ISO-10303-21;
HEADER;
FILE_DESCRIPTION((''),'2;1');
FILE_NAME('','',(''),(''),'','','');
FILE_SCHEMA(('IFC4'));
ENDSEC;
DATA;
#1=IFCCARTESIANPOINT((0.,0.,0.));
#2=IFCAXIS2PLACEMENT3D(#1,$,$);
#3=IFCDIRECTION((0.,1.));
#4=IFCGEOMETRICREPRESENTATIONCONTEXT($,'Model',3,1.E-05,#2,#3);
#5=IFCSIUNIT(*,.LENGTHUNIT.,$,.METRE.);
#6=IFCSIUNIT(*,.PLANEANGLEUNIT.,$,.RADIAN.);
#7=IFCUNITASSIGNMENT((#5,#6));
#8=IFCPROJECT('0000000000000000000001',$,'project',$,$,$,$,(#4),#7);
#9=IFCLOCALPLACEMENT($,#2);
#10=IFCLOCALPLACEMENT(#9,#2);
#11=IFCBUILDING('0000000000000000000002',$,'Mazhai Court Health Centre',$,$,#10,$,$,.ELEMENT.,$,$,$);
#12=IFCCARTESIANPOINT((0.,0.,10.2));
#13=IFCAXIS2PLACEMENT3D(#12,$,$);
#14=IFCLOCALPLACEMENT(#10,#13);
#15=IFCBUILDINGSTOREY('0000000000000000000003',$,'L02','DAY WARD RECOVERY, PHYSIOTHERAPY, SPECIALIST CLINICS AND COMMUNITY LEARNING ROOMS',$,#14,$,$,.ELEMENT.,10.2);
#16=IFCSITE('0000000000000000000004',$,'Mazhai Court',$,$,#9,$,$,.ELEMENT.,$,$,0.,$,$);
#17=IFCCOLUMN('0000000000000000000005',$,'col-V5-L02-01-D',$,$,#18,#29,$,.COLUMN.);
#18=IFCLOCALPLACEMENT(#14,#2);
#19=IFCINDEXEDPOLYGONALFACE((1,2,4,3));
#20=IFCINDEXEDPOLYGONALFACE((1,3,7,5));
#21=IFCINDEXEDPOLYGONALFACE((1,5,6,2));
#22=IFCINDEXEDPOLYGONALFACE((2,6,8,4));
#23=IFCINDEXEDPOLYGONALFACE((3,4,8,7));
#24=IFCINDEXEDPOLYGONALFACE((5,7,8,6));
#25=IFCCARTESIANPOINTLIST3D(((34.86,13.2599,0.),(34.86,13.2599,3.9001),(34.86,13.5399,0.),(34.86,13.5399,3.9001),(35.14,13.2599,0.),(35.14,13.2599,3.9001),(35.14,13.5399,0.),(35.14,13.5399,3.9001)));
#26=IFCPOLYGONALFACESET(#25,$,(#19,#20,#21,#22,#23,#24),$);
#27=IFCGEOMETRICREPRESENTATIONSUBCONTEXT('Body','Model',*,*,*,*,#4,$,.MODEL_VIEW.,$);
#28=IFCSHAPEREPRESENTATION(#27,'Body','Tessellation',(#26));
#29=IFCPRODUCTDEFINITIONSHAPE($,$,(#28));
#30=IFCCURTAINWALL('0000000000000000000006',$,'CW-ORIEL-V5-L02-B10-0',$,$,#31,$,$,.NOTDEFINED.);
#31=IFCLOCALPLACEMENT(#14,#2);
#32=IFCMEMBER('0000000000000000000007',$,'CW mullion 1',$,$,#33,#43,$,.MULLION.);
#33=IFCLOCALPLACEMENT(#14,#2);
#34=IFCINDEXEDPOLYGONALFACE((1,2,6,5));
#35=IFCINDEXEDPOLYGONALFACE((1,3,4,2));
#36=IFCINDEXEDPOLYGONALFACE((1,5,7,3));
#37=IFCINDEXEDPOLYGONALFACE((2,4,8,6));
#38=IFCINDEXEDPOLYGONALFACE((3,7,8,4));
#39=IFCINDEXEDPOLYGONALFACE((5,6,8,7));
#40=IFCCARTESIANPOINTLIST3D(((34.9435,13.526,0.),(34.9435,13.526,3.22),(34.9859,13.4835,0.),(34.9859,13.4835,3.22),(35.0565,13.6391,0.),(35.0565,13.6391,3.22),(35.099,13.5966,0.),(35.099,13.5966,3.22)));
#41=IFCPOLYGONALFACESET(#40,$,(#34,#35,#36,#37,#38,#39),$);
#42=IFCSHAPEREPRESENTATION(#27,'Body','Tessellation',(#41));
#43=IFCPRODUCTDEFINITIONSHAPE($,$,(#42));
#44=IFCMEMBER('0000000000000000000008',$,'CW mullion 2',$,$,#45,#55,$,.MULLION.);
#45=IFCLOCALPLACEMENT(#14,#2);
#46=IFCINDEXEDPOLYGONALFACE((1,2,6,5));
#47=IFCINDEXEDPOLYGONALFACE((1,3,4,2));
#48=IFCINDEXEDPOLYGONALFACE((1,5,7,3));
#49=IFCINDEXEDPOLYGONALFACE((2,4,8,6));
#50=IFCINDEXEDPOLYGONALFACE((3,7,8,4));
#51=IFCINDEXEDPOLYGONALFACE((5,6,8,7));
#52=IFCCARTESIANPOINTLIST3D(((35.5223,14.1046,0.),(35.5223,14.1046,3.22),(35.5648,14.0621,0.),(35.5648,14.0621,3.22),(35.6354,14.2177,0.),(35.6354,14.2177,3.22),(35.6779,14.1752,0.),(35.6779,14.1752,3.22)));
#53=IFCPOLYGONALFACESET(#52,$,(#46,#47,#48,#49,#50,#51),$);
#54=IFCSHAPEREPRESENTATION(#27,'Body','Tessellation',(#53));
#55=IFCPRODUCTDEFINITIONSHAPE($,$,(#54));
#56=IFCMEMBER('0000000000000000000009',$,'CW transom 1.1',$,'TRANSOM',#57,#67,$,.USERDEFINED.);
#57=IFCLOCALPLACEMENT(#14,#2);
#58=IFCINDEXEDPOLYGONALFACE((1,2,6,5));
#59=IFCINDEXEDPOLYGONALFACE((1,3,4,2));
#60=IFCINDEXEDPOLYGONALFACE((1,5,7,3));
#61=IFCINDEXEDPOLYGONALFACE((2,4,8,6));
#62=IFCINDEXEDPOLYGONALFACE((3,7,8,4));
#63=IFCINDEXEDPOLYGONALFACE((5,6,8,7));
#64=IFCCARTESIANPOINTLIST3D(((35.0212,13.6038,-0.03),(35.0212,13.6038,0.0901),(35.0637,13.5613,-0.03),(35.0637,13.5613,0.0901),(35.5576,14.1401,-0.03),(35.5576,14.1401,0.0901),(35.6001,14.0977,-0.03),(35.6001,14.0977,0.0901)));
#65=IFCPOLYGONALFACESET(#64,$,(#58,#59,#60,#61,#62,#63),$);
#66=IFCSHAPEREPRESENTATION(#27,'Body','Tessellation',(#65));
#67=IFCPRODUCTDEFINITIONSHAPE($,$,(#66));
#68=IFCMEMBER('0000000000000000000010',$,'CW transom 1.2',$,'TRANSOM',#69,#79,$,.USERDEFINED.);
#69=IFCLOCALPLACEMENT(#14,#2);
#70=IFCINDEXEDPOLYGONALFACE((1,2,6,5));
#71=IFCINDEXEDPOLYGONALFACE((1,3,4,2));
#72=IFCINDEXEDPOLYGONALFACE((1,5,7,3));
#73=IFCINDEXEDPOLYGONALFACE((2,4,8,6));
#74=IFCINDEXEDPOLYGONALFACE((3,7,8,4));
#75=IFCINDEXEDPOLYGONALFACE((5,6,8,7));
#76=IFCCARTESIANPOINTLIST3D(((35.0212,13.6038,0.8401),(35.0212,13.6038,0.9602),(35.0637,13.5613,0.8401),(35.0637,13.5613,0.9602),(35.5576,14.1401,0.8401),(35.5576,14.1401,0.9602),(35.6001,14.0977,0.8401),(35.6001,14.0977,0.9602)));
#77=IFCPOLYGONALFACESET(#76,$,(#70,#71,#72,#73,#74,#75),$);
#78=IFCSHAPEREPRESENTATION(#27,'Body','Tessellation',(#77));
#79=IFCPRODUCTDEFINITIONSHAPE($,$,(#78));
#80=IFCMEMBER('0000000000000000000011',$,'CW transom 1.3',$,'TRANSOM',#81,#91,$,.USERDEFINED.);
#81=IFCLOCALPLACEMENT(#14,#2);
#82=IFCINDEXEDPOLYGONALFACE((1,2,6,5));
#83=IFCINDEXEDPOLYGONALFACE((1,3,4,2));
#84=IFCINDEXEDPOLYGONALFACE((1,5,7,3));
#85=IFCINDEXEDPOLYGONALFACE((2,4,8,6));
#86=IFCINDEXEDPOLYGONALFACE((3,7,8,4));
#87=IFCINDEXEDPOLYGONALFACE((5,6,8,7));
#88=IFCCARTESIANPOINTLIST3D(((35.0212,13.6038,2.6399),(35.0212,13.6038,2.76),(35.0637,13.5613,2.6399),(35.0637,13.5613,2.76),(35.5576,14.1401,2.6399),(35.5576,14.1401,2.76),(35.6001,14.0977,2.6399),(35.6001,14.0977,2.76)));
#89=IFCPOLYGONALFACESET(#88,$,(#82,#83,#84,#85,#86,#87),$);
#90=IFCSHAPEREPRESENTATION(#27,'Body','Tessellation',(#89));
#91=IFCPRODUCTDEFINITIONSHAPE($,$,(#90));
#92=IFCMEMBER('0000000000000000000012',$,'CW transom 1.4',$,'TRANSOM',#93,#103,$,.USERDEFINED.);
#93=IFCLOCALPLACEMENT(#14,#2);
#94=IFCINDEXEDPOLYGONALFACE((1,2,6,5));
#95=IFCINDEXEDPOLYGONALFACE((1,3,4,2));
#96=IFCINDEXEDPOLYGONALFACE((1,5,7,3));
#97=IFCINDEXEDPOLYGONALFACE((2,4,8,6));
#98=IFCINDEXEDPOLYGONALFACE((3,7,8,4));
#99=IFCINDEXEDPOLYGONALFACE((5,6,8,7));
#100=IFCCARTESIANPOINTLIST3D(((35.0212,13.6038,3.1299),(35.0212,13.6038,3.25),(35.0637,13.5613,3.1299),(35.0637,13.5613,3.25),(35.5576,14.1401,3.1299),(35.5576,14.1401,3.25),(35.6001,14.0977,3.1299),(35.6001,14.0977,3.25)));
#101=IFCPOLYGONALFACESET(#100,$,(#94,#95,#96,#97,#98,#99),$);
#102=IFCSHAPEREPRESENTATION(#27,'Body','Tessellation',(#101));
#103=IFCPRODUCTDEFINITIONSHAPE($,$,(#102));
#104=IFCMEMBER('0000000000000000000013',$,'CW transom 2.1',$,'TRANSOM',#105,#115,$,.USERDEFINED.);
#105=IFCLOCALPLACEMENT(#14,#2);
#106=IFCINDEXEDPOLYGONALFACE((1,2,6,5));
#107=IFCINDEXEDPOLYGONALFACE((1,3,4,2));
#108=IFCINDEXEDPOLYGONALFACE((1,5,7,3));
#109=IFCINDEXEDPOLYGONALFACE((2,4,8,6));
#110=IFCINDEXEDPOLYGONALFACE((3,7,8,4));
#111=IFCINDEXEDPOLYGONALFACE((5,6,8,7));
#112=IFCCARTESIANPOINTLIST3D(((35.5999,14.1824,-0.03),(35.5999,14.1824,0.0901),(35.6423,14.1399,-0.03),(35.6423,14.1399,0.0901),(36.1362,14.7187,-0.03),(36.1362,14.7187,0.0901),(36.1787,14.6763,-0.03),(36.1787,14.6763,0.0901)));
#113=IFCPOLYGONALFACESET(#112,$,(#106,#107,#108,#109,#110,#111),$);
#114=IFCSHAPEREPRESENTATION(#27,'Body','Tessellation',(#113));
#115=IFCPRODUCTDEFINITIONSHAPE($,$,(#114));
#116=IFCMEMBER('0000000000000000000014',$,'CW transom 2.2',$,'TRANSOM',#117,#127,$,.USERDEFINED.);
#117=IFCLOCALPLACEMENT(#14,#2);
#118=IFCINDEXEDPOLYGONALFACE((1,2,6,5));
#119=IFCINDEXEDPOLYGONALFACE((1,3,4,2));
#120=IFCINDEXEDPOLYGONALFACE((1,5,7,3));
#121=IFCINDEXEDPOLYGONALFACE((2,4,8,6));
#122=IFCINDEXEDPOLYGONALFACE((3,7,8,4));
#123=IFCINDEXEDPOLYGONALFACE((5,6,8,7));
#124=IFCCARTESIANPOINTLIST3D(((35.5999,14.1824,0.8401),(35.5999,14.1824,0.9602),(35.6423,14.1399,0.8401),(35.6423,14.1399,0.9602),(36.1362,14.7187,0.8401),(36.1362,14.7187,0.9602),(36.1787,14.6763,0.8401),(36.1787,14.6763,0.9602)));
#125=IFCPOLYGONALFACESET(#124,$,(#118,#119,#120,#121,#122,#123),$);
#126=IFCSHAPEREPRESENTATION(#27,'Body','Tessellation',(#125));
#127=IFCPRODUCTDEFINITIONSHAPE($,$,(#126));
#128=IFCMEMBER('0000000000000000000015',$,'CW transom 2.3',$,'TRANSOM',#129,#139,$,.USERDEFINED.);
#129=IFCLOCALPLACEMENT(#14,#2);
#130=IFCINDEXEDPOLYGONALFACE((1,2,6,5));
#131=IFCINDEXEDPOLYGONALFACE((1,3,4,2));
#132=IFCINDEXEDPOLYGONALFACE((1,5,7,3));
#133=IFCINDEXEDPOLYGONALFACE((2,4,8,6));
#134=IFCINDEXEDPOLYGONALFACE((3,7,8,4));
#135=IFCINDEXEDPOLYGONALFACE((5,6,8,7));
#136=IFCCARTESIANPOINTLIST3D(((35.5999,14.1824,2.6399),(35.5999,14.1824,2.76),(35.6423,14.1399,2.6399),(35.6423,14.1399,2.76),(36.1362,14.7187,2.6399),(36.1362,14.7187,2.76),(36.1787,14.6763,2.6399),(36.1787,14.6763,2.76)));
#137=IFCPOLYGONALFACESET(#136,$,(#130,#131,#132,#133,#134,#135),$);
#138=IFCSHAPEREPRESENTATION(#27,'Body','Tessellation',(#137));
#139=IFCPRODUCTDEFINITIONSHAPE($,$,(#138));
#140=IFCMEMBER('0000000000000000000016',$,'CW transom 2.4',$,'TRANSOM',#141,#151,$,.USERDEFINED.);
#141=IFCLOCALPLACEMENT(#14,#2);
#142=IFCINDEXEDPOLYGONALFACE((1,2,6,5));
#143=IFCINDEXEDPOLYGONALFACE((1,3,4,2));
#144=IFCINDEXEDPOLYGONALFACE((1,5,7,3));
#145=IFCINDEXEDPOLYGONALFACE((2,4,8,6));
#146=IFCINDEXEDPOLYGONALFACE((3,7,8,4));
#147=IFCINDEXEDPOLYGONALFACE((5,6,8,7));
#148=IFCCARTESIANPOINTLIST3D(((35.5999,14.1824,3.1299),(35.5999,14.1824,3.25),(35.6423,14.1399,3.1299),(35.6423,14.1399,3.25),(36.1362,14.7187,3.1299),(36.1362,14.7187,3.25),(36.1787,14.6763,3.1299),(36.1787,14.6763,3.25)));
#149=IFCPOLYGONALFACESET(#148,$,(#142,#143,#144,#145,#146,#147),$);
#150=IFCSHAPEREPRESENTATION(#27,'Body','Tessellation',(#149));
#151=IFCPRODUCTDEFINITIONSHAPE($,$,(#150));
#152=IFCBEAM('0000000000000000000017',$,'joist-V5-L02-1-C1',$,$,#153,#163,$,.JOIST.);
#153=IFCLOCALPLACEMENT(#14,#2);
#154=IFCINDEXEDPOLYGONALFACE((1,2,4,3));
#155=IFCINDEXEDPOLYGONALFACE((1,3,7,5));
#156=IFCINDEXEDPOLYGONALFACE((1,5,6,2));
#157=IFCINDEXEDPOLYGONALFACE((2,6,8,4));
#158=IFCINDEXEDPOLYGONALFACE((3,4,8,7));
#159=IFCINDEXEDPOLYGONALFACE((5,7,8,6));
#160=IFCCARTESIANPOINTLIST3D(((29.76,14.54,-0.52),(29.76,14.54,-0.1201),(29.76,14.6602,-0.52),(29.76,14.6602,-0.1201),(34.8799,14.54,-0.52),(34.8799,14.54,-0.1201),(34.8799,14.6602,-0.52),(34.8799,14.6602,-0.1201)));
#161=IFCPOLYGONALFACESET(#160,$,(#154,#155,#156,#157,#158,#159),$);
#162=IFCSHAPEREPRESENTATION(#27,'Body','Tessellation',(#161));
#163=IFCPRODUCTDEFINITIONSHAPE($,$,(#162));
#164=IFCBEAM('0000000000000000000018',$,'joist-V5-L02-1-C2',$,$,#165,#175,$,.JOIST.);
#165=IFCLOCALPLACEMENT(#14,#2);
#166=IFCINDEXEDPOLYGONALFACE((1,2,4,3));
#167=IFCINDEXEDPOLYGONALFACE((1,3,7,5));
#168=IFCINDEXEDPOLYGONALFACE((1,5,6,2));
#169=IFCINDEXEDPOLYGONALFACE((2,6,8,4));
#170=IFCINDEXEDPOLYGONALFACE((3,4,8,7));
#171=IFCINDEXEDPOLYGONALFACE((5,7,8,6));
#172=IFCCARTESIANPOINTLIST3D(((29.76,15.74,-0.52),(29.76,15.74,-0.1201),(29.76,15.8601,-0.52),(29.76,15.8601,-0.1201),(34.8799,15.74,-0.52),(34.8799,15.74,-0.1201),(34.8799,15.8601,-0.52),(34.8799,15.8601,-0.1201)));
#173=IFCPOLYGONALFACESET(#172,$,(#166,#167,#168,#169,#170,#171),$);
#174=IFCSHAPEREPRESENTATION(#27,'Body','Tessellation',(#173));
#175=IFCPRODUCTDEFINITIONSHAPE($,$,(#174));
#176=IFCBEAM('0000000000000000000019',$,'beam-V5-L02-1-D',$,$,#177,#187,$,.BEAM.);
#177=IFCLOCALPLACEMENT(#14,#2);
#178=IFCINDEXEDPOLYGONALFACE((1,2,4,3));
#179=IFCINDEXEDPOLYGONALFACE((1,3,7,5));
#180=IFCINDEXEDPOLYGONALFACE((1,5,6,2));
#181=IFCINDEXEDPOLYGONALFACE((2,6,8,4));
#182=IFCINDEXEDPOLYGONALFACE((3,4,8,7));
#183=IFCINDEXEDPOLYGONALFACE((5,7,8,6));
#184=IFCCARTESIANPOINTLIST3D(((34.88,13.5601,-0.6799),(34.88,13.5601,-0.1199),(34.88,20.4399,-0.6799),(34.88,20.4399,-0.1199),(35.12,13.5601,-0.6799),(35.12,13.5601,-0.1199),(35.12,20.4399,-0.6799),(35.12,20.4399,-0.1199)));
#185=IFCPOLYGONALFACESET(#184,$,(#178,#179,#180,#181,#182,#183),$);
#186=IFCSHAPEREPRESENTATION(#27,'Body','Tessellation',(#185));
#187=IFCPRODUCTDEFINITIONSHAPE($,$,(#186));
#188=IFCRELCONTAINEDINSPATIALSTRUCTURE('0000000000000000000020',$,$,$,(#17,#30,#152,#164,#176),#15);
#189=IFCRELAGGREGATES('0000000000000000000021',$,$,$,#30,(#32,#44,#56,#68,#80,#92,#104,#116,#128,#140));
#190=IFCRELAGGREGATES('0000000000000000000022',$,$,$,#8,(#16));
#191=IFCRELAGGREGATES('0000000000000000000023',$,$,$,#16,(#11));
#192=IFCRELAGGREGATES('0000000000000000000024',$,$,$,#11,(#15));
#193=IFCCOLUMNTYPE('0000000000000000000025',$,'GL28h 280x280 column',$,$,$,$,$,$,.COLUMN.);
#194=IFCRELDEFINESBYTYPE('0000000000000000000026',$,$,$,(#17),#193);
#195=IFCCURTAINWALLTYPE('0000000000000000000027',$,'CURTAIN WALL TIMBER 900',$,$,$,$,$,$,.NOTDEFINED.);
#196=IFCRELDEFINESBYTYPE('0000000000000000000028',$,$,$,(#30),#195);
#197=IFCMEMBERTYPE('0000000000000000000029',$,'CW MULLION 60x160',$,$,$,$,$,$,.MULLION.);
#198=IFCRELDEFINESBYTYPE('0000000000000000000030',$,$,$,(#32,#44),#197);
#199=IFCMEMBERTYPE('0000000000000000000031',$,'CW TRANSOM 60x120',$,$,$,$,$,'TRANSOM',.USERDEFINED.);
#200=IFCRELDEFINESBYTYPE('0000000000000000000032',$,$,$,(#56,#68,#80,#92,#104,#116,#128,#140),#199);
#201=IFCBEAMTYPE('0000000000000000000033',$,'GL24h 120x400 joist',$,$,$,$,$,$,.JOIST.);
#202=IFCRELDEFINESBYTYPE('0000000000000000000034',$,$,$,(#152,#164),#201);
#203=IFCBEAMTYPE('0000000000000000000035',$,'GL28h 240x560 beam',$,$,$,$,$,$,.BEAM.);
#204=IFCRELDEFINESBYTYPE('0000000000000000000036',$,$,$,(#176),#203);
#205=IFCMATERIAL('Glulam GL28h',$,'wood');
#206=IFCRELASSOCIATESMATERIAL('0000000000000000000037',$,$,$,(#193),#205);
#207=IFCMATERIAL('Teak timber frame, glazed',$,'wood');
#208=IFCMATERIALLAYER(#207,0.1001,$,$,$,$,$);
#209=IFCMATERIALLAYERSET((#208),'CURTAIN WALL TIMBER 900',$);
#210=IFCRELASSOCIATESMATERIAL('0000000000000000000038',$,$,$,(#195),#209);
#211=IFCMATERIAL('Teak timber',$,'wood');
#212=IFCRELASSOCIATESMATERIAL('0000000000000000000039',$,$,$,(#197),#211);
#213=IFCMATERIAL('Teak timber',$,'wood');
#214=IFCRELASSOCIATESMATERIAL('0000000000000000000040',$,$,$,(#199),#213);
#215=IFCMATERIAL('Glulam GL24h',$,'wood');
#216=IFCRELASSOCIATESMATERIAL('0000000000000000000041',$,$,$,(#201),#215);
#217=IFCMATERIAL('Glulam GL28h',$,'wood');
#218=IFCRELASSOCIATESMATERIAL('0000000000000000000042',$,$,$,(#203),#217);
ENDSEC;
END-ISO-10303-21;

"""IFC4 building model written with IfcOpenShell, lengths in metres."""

from ifc_helpers import new_model, si_unit, direction, frame, origin, origin_2d, place, context, subcontext, project, spatial, rectangle, extrude, material, layer, layer_set, material_profile, profile_set, type_object, element, aggregate, save


model = new_model("IFC4")

# Units and contexts
model_context = context("Model", 3, precision=1e-05, world=origin(), true_north=direction((0.0, 1.0)))
body_context = subcontext(model_context, "Body", "Model", "MODEL_VIEW")
ifc_project = project(units=[si_unit("LENGTHUNIT", "METRE"), si_unit("PLANEANGLEUNIT", "RADIAN")], contexts=[model_context])

# Site, building, storey
site_placement = place(None, origin())
site = spatial("IfcSite", under=ifc_project, at=site_placement, Name="Mazhai Court", CompositionType="ELEMENT", RefElevation=0.0)
building_placement = place(site_placement, origin())
building = spatial("IfcBuilding", under=site, at=building_placement, Name="Mazhai Court Health Centre", CompositionType="ELEMENT")
storey_placement = place(building_placement, frame((0.0, 0.0, 10.2)))
storey = spatial("IfcBuildingStorey", under=building, at=storey_placement, Name="L02", Description="DAY WARD RECOVERY, PHYSIOTHERAPY, SPECIALIST CLINICS AND COMMUNITY LEARNING ROOMS", CompositionType="ELEMENT", Elevation=10.2)

# Column
ifc_material_1 = material(Name="Glulam GL28h", Category="wood")
ifc_material_profile_1 = material_profile(ifc_material_1, rectangle(XDim=0.28, YDim=0.28, at=origin_2d()), Name="GL28h 280x280")
ifc_profile_set_1 = profile_set([ifc_material_profile_1], Name="Glulam GL28h")
column_type = type_object("IfcColumnType", Name="GL28h 280x280 column", PredefinedType="COLUMN", material=ifc_profile_set_1)
column_placement = place(storey_placement, frame((35.0, 13.3999, 0.0), z_axis=(0.0, 0.0, 1.0), x_axis=(1.0, 0.0, 0.0)))
element("IfcColumn", 1, at=column_placement, inside=storey, type_object=column_type, Name="col-V5-L02-01-D", PredefinedType="COLUMN", context=body_context, shape_type="SweptSolid", body=[
    extrude(rectangle(XDim=0.28, YDim=0.28, at=origin_2d()), origin(), (0.0, 0.0, 1.0), 3.9001),
])

# Curtain wall, members
ifc_material_2 = material(Name="Teak timber frame, glazed", Category="wood")
ifc_layer_1 = layer(ifc_material_2, 0.1001)
ifc_layer_set_1 = layer_set([ifc_layer_1], Name="CURTAIN WALL TIMBER 900")
curtain_wall_type = type_object("IfcCurtainWallType", Name="CURTAIN WALL TIMBER 900", PredefinedType="NOTDEFINED", material=ifc_layer_set_1)
curtain_wall_placement = place(storey_placement, origin())
curtain_wall = element("IfcCurtainWall", 2, at=curtain_wall_placement, inside=storey, type_object=curtain_wall_type, Name="CW-ORIEL-V5-L02-B10-0", PredefinedType="NOTDEFINED")
ifc_material_3 = material(Name="Teak timber", Category="wood")
ifc_material_profile_2 = material_profile(ifc_material_3, rectangle(XDim=0.0601, YDim=0.1599, at=origin_2d()), Name="CW MULLION 60x160")
ifc_profile_set_2 = profile_set([ifc_material_profile_2], Name="Teak timber")
member_type_1 = type_object("IfcMemberType", Name="CW MULLION 60x160", PredefinedType="MULLION", material=ifc_profile_set_2)
member_1_placement = place(storey_placement, frame((35.0212, 13.5613, 0.0), z_axis=(0.0, 0.0, 1.0), x_axis=(-0.707107, 0.707107, 0.0)))
member_1 = element("IfcMember", 3, at=member_1_placement, type_object=member_type_1, Name="CW mullion 1", PredefinedType="MULLION", context=body_context, shape_type="SweptSolid", body=[
    extrude(rectangle(XDim=0.0601, YDim=0.1599, at=origin_2d()), origin(), (0.0, 0.0, 1.0), 3.22),
])
member_2_placement = place(storey_placement, frame((35.6001, 14.1399, 0.0), z_axis=(0.0, 0.0, 1.0), x_axis=(-0.707107, 0.707107, 0.0)))
member_2 = element("IfcMember", 4, at=member_2_placement, type_object=member_type_1, Name="CW mullion 2", PredefinedType="MULLION", context=body_context, shape_type="SweptSolid", body=[
    extrude(rectangle(XDim=0.0601, YDim=0.1599, at=origin_2d()), origin(), (0.0, 0.0, 1.0), 3.22),
])
ifc_material_4 = material(Name="Teak timber", Category="wood")
ifc_material_profile_3 = material_profile(ifc_material_4, rectangle(XDim=0.0601, YDim=0.1201, at=origin_2d()), Name="CW TRANSOM 60x120")
ifc_profile_set_3 = profile_set([ifc_material_profile_3], Name="Teak timber")
member_type_2 = type_object("IfcMemberType", Name="CW TRANSOM 60x120", ElementType="TRANSOM", PredefinedType="USERDEFINED", material=ifc_profile_set_3)
member_3_placement = place(storey_placement, frame((35.0425, 13.5825, 0.03), z_axis=(0.707107, 0.707107, 0.0), x_axis=(-0.707107, 0.707107, 0.0)))
member_3 = element("IfcMember", 5, at=member_3_placement, type_object=member_type_2, Name="CW transom 1.1", ObjectType="TRANSOM", PredefinedType="USERDEFINED", context=body_context, shape_type="SweptSolid", body=[
    extrude(rectangle(XDim=0.0601, YDim=0.1201, at=origin_2d()), origin(), (0.0, 0.0, 1.0), 0.7585),
])
member_4_placement = place(storey_placement, frame((35.0425, 13.5825, 0.9001), z_axis=(0.707107, 0.707107, 0.0), x_axis=(-0.707107, 0.707107, 0.0)))
member_4 = element("IfcMember", 6, at=member_4_placement, type_object=member_type_2, Name="CW transom 1.2", ObjectType="TRANSOM", PredefinedType="USERDEFINED", context=body_context, shape_type="SweptSolid", body=[
    extrude(rectangle(XDim=0.0601, YDim=0.1201, at=origin_2d()), origin(), (0.0, 0.0, 1.0), 0.7585),
])
member_5_placement = place(storey_placement, frame((35.0425, 13.5825, 2.7), z_axis=(0.707107, 0.707107, 0.0), x_axis=(-0.707107, 0.707107, 0.0)))
member_5 = element("IfcMember", 7, at=member_5_placement, type_object=member_type_2, Name="CW transom 1.3", ObjectType="TRANSOM", PredefinedType="USERDEFINED", context=body_context, shape_type="SweptSolid", body=[
    extrude(rectangle(XDim=0.0601, YDim=0.1201, at=origin_2d()), origin(), (0.0, 0.0, 1.0), 0.7585),
])
member_6_placement = place(storey_placement, frame((35.0425, 13.5825, 3.1899), z_axis=(0.707107, 0.707107, 0.0), x_axis=(-0.707107, 0.707107, 0.0)))
member_6 = element("IfcMember", 8, at=member_6_placement, type_object=member_type_2, Name="CW transom 1.4", ObjectType="TRANSOM", PredefinedType="USERDEFINED", context=body_context, shape_type="SweptSolid", body=[
    extrude(rectangle(XDim=0.0601, YDim=0.1201, at=origin_2d()), origin(), (0.0, 0.0, 1.0), 0.7585),
])
member_7_placement = place(storey_placement, frame((35.6211, 14.1611, 0.03), z_axis=(0.707107, 0.707107, 0.0), x_axis=(-0.707107, 0.707107, 0.0)))
member_7 = element("IfcMember", 9, at=member_7_placement, type_object=member_type_2, Name="CW transom 2.1", ObjectType="TRANSOM", PredefinedType="USERDEFINED", context=body_context, shape_type="SweptSolid", body=[
    extrude(rectangle(XDim=0.0601, YDim=0.1201, at=origin_2d()), origin(), (0.0, 0.0, 1.0), 0.7585),
])
member_8_placement = place(storey_placement, frame((35.6211, 14.1611, 0.9001), z_axis=(0.707107, 0.707107, 0.0), x_axis=(-0.707107, 0.707107, 0.0)))
member_8 = element("IfcMember", 10, at=member_8_placement, type_object=member_type_2, Name="CW transom 2.2", ObjectType="TRANSOM", PredefinedType="USERDEFINED", context=body_context, shape_type="SweptSolid", body=[
    extrude(rectangle(XDim=0.0601, YDim=0.1201, at=origin_2d()), origin(), (0.0, 0.0, 1.0), 0.7585),
])
member_9_placement = place(storey_placement, frame((35.6211, 14.1611, 2.7), z_axis=(0.707107, 0.707107, 0.0), x_axis=(-0.707107, 0.707107, 0.0)))
member_9 = element("IfcMember", 11, at=member_9_placement, type_object=member_type_2, Name="CW transom 2.3", ObjectType="TRANSOM", PredefinedType="USERDEFINED", context=body_context, shape_type="SweptSolid", body=[
    extrude(rectangle(XDim=0.0601, YDim=0.1201, at=origin_2d()), origin(), (0.0, 0.0, 1.0), 0.7585),
])
member_10_placement = place(storey_placement, frame((35.6211, 14.1611, 3.1899), z_axis=(0.707107, 0.707107, 0.0), x_axis=(-0.707107, 0.707107, 0.0)))
member_10 = element("IfcMember", 12, at=member_10_placement, type_object=member_type_2, Name="CW transom 2.4", ObjectType="TRANSOM", PredefinedType="USERDEFINED", context=body_context, shape_type="SweptSolid", body=[
    extrude(rectangle(XDim=0.0601, YDim=0.1201, at=origin_2d()), origin(), (0.0, 0.0, 1.0), 0.7585),
])

# Beams
ifc_material_5 = material(Name="Glulam GL24h", Category="wood")
ifc_material_profile_4 = material_profile(ifc_material_5, rectangle(XDim=0.1201, YDim=0.3999, at=origin_2d()), Name="GL24h 120x400")
ifc_profile_set_4 = profile_set([ifc_material_profile_4], Name="Glulam GL24h")
beam_type_1 = type_object("IfcBeamType", Name="GL24h 120x400 joist", PredefinedType="JOIST", material=ifc_profile_set_4)
for number, where, z_axis, x_axis, name in (
    (13, (29.76, 14.6001, -0.3201), (1.0, 0.0, 0.0), (0.0, 1.0, 0.0), "joist-V5-L02-1-C1"),
    (14, (29.76, 15.8, -0.3201), (1.0, 0.0, 0.0), (0.0, 1.0, 0.0), "joist-V5-L02-1-C2"),
):
    element("IfcBeam", number, at=place(storey_placement, frame(where, z_axis=z_axis, x_axis=x_axis)), inside=storey, type_object=beam_type_1, Name=name, PredefinedType="JOIST", context=body_context, shape_type="SweptSolid", body=[
        extrude(rectangle(XDim=0.1201, YDim=0.3999, at=origin_2d()), origin(), (0.0, 0.0, 1.0), 5.1199),
    ])
ifc_material_6 = material(Name="Glulam GL28h", Category="wood")
ifc_material_profile_5 = material_profile(ifc_material_6, rectangle(XDim=0.24, YDim=0.5601, at=origin_2d()), Name="GL28h 240x560")
ifc_profile_set_5 = profile_set([ifc_material_profile_5], Name="Glulam GL28h")
beam_type_2 = type_object("IfcBeamType", Name="GL28h 240x560 beam", PredefinedType="BEAM", material=ifc_profile_set_5)
beam_placement = place(storey_placement, frame((35.0, 13.5601, -0.3999), z_axis=(0.0, 1.0, 0.0), x_axis=(-1.0, 0.0, 0.0)))
element("IfcBeam", 15, at=beam_placement, inside=storey, type_object=beam_type_2, Name="beam-V5-L02-1-D", PredefinedType="BEAM", context=body_context, shape_type="SweptSolid", body=[
    extrude(rectangle(XDim=0.24, YDim=0.5601, at=origin_2d()), origin(), (0.0, 0.0, 1.0), 6.8799),
])

aggregate(curtain_wall, [member_1, member_2, member_3, member_4, member_5, member_6, member_7, member_8, member_9, member_10])

save(model, "model.ifc")
